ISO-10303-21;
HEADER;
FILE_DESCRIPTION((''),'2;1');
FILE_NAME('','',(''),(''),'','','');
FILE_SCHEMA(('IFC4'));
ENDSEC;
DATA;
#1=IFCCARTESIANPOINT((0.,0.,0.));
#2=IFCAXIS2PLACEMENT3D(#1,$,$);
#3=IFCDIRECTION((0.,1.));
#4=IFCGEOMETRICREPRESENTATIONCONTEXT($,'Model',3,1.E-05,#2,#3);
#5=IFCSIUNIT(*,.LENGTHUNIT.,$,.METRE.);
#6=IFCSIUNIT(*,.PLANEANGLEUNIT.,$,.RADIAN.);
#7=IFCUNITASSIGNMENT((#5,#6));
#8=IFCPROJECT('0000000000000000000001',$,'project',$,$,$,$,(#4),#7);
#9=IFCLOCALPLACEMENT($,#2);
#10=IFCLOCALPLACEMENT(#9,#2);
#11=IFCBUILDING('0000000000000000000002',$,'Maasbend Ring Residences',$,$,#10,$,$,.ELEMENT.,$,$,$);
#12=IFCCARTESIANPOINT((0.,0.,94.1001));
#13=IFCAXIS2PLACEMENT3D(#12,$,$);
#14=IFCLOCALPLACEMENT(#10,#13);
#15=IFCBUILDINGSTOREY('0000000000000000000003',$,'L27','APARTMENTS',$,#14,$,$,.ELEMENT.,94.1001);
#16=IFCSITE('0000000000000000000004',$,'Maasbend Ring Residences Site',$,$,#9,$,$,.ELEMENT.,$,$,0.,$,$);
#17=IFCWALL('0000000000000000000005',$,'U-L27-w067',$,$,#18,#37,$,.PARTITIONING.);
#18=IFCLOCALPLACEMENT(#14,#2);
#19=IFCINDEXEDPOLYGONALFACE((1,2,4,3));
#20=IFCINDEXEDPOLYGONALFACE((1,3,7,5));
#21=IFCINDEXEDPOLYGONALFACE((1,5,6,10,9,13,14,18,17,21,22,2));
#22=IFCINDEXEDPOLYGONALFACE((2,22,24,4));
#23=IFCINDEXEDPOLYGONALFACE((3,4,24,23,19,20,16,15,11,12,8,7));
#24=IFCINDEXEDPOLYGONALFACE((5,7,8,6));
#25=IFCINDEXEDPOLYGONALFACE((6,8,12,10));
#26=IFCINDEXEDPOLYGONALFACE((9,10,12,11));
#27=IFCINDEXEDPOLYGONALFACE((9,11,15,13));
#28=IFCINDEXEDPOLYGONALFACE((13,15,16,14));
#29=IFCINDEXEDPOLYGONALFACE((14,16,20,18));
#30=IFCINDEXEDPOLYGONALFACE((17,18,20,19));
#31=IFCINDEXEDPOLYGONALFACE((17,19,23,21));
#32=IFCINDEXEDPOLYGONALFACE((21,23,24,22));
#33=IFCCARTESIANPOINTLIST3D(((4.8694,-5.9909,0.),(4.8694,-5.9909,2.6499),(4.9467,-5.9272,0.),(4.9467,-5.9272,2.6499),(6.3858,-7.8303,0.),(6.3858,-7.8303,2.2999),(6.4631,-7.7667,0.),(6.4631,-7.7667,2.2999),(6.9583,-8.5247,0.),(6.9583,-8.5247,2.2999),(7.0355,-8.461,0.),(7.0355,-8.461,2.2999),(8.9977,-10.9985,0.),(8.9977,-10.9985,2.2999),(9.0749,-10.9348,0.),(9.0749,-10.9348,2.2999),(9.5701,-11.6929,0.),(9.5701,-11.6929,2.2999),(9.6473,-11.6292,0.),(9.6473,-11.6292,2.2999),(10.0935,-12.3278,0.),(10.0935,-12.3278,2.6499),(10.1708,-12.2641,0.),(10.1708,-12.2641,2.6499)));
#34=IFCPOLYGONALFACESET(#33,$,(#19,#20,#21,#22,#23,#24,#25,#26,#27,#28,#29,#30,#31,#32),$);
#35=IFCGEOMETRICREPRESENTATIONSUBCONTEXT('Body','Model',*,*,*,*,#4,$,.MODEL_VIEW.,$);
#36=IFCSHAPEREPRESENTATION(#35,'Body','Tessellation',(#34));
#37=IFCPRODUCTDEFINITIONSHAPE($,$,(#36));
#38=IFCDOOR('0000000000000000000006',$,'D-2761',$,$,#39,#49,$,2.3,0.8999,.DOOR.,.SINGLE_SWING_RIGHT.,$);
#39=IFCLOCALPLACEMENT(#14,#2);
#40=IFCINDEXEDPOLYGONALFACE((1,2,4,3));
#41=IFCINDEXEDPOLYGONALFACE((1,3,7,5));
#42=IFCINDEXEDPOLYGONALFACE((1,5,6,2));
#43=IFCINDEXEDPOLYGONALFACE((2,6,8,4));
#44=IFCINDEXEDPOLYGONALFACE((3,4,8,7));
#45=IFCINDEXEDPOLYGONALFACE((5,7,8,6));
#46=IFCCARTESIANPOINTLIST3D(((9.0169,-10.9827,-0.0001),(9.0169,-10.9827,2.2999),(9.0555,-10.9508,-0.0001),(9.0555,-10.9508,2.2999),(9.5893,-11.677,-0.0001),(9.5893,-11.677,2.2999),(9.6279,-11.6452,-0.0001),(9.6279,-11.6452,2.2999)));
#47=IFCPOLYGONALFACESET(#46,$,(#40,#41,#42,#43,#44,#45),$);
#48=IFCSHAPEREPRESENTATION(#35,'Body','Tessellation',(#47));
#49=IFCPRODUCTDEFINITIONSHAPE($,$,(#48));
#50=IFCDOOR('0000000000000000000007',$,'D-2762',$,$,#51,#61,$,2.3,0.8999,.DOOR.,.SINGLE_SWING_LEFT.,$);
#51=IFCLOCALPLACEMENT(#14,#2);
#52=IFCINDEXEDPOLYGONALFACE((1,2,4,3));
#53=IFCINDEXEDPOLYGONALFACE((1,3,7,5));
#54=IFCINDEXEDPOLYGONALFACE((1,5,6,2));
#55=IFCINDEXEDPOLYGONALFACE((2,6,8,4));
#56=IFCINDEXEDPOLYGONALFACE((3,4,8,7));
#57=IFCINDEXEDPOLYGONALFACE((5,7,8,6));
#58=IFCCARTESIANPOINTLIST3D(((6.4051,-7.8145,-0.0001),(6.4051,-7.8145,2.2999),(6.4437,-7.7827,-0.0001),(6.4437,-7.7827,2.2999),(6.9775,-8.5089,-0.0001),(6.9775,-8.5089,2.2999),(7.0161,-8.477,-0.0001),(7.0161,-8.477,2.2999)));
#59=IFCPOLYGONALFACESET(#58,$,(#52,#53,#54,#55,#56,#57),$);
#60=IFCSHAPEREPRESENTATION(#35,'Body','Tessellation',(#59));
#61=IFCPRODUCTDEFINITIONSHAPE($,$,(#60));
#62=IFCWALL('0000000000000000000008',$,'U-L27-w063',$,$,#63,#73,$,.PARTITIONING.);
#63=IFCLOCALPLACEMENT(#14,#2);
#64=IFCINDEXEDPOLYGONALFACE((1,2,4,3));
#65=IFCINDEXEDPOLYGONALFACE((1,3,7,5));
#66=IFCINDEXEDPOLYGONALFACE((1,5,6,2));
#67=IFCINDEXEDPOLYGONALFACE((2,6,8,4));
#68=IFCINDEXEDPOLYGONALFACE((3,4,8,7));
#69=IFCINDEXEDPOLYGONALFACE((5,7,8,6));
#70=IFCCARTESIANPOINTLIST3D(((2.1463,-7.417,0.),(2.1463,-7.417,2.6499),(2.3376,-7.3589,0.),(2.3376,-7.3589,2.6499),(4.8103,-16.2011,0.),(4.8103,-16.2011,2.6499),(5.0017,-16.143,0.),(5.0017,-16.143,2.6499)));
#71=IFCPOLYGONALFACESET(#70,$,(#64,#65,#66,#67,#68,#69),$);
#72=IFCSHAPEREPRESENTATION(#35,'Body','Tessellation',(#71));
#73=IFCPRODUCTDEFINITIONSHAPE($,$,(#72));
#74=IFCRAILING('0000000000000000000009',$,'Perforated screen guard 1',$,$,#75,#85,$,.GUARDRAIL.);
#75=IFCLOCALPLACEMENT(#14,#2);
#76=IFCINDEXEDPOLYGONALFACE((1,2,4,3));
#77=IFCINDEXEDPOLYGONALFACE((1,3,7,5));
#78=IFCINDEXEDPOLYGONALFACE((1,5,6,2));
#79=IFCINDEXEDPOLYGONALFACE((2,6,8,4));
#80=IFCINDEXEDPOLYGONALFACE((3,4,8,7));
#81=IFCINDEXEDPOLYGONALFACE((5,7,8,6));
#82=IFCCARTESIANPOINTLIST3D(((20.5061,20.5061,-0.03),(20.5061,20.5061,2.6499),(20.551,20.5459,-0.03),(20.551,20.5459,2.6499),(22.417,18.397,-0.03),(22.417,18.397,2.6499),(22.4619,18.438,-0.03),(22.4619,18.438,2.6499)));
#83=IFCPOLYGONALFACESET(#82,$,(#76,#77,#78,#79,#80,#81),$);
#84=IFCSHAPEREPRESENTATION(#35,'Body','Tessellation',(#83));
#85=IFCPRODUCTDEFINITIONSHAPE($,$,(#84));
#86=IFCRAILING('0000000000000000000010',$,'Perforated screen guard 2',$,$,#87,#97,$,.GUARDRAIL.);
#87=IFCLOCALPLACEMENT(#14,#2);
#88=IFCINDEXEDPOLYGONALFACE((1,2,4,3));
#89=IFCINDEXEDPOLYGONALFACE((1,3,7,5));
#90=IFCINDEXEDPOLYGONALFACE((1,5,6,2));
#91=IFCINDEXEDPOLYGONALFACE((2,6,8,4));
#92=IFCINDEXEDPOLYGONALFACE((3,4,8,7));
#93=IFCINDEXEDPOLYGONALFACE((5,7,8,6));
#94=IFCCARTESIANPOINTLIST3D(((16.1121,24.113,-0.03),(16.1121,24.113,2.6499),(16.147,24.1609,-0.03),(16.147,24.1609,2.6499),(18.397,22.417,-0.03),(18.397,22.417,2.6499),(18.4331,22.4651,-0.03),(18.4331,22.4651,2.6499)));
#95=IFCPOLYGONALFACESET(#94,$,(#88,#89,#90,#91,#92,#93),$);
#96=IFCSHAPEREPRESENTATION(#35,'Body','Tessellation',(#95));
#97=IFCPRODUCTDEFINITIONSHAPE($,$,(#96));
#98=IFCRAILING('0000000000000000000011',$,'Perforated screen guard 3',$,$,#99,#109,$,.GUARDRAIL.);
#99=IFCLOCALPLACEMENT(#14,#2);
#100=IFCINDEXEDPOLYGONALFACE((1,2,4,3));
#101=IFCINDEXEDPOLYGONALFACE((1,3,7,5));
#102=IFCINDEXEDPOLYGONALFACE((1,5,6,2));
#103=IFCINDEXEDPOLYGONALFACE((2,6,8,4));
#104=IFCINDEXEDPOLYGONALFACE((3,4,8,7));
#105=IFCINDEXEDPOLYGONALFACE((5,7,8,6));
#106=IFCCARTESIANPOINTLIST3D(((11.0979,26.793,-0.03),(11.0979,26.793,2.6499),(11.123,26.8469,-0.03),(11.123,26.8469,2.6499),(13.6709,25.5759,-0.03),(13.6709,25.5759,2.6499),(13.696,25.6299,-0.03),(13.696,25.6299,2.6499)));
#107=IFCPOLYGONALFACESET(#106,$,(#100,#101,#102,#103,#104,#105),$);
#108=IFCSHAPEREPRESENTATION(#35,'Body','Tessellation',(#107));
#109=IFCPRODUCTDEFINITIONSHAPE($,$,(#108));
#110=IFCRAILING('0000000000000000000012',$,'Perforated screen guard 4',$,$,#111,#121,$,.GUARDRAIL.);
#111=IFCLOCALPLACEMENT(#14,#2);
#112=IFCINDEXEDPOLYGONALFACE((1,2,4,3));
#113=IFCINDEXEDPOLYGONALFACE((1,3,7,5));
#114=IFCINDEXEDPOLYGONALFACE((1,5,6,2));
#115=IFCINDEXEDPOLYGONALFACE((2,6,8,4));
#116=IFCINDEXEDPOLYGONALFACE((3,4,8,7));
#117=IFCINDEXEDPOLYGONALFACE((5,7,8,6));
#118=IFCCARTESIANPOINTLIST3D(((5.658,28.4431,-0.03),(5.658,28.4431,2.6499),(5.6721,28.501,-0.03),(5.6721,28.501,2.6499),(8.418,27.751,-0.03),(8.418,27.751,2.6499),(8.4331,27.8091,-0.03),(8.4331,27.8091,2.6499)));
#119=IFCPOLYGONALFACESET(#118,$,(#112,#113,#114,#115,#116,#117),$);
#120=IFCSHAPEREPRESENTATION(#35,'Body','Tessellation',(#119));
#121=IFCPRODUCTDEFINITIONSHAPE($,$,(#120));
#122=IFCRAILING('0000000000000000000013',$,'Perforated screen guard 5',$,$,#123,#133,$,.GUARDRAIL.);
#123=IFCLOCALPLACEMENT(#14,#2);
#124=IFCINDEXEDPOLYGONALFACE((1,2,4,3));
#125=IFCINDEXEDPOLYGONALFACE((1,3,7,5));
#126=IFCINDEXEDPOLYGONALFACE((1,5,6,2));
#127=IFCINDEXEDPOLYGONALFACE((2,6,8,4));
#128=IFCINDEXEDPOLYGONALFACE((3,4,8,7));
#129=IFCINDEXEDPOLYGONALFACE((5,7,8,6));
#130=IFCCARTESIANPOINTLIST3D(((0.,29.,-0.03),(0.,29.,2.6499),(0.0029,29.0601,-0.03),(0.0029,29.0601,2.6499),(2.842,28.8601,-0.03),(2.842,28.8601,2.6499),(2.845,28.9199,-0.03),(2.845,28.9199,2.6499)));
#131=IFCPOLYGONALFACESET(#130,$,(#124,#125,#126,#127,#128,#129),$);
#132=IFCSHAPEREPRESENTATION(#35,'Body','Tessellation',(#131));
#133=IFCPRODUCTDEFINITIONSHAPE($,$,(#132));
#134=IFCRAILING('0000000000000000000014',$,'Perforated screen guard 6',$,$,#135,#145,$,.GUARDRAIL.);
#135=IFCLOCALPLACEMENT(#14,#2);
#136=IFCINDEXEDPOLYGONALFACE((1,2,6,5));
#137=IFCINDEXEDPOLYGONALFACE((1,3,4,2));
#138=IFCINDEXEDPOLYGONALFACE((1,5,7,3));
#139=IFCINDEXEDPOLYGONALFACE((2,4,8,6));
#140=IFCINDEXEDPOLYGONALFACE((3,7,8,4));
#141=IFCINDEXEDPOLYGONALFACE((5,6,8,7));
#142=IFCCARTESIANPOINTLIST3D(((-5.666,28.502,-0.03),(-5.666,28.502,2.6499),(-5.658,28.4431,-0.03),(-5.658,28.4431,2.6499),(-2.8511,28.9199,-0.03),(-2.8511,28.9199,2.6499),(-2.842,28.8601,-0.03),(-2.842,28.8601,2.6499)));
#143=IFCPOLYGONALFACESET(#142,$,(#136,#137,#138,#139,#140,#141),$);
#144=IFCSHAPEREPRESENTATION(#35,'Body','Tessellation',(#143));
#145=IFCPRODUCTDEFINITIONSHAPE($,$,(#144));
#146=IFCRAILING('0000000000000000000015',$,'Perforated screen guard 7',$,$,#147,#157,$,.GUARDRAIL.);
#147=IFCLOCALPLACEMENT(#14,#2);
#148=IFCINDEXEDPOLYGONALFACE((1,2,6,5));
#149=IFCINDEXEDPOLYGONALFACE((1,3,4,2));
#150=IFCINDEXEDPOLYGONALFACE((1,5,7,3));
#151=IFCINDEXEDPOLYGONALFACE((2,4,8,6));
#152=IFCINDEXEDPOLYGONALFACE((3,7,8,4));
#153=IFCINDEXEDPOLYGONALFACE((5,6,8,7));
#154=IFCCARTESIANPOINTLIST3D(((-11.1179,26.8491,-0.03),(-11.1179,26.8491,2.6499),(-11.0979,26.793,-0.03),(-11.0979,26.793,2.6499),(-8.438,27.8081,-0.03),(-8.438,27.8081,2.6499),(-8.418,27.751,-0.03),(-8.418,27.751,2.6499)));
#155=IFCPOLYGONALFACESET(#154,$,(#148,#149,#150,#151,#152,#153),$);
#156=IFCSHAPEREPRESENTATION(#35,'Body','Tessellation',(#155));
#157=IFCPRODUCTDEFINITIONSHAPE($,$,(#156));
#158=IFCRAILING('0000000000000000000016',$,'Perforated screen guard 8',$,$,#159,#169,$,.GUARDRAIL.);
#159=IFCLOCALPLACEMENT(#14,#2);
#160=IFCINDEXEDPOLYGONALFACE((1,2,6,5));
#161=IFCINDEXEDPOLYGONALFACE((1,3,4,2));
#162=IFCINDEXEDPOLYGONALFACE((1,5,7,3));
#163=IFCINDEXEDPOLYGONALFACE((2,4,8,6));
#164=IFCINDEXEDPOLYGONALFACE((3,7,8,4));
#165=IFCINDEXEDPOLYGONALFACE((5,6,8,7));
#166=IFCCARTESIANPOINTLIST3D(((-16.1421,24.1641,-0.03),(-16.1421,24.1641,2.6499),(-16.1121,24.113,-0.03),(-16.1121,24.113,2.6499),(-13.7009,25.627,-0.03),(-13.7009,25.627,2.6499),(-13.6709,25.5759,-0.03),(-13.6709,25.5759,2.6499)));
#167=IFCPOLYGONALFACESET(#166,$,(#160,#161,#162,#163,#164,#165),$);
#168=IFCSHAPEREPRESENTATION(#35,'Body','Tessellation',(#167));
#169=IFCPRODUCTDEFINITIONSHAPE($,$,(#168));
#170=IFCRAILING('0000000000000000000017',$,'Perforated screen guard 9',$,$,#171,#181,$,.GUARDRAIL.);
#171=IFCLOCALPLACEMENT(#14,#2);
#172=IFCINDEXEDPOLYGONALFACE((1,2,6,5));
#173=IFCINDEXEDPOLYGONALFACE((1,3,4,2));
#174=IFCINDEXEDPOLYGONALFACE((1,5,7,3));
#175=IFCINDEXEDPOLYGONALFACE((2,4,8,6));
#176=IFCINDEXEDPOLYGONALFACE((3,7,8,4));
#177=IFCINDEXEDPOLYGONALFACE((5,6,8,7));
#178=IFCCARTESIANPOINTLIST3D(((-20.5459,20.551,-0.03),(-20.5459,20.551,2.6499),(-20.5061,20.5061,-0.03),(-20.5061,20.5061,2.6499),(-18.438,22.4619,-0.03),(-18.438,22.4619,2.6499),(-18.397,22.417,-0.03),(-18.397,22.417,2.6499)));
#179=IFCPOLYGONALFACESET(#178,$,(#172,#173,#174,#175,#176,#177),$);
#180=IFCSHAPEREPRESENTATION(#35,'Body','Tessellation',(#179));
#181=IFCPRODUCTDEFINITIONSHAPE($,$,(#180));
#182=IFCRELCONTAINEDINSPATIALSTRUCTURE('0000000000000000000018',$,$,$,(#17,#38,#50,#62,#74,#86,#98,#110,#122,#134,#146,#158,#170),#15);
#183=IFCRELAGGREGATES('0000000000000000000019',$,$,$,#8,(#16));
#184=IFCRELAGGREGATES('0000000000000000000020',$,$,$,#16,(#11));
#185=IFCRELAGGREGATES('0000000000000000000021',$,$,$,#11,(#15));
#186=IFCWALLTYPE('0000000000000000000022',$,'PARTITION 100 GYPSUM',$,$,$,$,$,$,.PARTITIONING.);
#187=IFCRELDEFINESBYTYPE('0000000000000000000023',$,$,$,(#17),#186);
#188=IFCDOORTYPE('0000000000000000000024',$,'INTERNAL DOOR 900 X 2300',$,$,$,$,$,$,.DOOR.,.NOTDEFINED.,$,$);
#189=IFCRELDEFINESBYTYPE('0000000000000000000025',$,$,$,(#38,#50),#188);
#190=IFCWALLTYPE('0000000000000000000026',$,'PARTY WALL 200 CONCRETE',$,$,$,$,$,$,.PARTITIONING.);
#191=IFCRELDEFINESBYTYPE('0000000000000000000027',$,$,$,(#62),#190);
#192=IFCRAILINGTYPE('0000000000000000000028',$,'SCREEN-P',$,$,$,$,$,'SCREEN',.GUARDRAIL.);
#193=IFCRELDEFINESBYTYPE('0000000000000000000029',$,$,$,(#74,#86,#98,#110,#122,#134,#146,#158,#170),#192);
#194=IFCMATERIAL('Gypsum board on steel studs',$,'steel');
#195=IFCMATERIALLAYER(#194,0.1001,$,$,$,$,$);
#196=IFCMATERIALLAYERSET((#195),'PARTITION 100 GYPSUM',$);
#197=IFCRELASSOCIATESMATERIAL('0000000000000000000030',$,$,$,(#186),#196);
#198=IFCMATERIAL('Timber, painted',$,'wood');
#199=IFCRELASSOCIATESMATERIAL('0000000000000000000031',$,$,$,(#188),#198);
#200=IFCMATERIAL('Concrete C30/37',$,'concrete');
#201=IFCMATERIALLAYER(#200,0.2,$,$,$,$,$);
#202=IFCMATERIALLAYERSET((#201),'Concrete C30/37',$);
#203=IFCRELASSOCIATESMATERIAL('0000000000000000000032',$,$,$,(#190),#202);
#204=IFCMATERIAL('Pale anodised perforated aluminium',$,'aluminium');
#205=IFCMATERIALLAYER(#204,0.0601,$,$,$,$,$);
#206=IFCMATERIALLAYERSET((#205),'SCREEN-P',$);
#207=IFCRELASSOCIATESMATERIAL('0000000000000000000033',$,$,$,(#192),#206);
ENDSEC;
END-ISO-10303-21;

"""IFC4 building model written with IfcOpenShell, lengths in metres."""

from ifc_helpers import new_model, si_unit, direction, frame, frame_2d, origin, place, context, subcontext, project, spatial, polyline, rectangle, outline, extrude, material, layer, layer_set, type_object, element, fill, save


model = new_model("IFC4")

# Units and contexts
model_context = context("Model", 3, precision=1e-05, world=origin(), true_north=direction((0.0, 1.0)))
body_context = subcontext(model_context, "Body", "Model", "MODEL_VIEW")
ifc_project = project(units=[si_unit("LENGTHUNIT", "METRE"), si_unit("PLANEANGLEUNIT", "RADIAN")], contexts=[model_context])

# Site, building, storey
site_placement = place(None, origin())
site = spatial("IfcSite", under=ifc_project, at=site_placement, Name="Maasbend Ring Residences Site", CompositionType="ELEMENT", RefElevation=0.0)
building_placement = place(site_placement, origin())
building = spatial("IfcBuilding", under=site, at=building_placement, Name="Maasbend Ring Residences", CompositionType="ELEMENT")
storey_placement = place(building_placement, frame((0.0, 0.0, 94.1001)))
storey = spatial("IfcBuildingStorey", under=building, at=storey_placement, Name="L27", Description="APARTMENTS", CompositionType="ELEMENT", Elevation=94.1001)

# Wall, openings, doors
ifc_material_1 = material(Name="Gypsum board on steel studs", Category="steel")
ifc_layer_1 = layer(ifc_material_1, 0.1001)
ifc_layer_set_1 = layer_set([ifc_layer_1], Name="PARTITION 100 GYPSUM")
wall_type_1 = type_object("IfcWallType", Name="PARTITION 100 GYPSUM", PredefinedType="PARTITIONING", material=ifc_layer_set_1)
wall_1_placement = place(storey_placement, frame((4.908, -5.959, 0.0), z_axis=(0.0, 0.0, 1.0), x_axis=(0.636105, -0.771602, 0.0)))
wall_1 = element("IfcWall", 1, at=wall_1_placement, inside=storey, type_object=wall_type_1, Name="U-L27-w067", PredefinedType="PARTITIONING", context=body_context, shape_type="SweptSolid", body=[
    extrude(rectangle(XDim=8.2126, YDim=0.1001, at=frame_2d((4.1064, 0.0))), origin(), (0.0, 0.0, 1.0), 2.6499),
])
opening_1_placement = place(wall_1_placement, frame((6.49, 0.0, 0.0)))
opening_1 = element("IfcOpeningElement", 2, at=opening_1_placement, cuts=wall_1, PredefinedType="OPENING", context=body_context, shape_type="SweptSolid", body=[
    extrude(rectangle(XDim=0.8999, YDim=2.3, at=frame_2d((0.45, 1.1499))), frame((0.0, 0.0601, 0.0), z_axis=(0.0, -1.0, 0.0), x_axis=(1.0, 0.0, 0.0)), (0.0, 0.0, 1.0), 0.1201),
])
opening_2_placement = place(wall_1_placement, frame((2.384, 0.0, 0.0)))
opening_2 = element("IfcOpeningElement", 3, at=opening_2_placement, cuts=wall_1, PredefinedType="OPENING", context=body_context, shape_type="SweptSolid", body=[
    extrude(rectangle(XDim=0.8999, YDim=2.3, at=frame_2d((0.45, 1.1499))), frame((0.0, 0.0601, 0.0), z_axis=(0.0, -1.0, 0.0), x_axis=(1.0, 0.0, 0.0)), (0.0, 0.0, 1.0), 0.1201),
])
ifc_material_2 = material(Name="Timber, painted", Category="wood")
door_type = type_object("IfcDoorType", Name="INTERNAL DOOR 900 X 2300", OperationType="NOTDEFINED", PredefinedType="DOOR", material=ifc_material_2)
door_1_placement = place(opening_1_placement, origin())
door_1 = element("IfcDoor", 4, at=door_1_placement, inside=storey, type_object=door_type, Name="D-2761", OperationType="SINGLE_SWING_RIGHT", OverallHeight=2.3, OverallWidth=0.8999, PredefinedType="DOOR", context=body_context, shape_type="SweptSolid", body=[
    extrude(rectangle(XDim=0.8999, YDim=2.3, at=frame_2d((0.45, 1.1499))), frame((0.0, 0.0249, 0.0), z_axis=(0.0, -1.0, 0.0), x_axis=(1.0, 0.0, 0.0)), (0.0, 0.0, 1.0), 0.05),
])
fill(opening_1, door_1)
door_2_placement = place(opening_2_placement, origin())
door_2 = element("IfcDoor", 5, at=door_2_placement, inside=storey, type_object=door_type, Name="D-2762", OperationType="SINGLE_SWING_LEFT", OverallHeight=2.3, OverallWidth=0.8999, PredefinedType="DOOR", context=body_context, shape_type="SweptSolid", body=[
    extrude(rectangle(XDim=0.8999, YDim=2.3, at=frame_2d((0.45, 1.1499))), frame((0.0, 0.0249, 0.0), z_axis=(0.0, -1.0, 0.0), x_axis=(1.0, 0.0, 0.0)), (0.0, 0.0, 1.0), 0.05),
])
fill(opening_2, door_2)

# Wall
ifc_material_3 = material(Name="Concrete C30/37", Category="concrete")
ifc_layer_2 = layer(ifc_material_3, 0.2)
ifc_layer_set_2 = layer_set([ifc_layer_2], Name="Concrete C30/37")
wall_type_2 = type_object("IfcWallType", Name="PARTY WALL 200 CONCRETE", PredefinedType="PARTITIONING", material=ifc_layer_set_2)
wall_2_placement = place(storey_placement, frame((2.2419, -7.3879, 0.0), z_axis=(0.0, 0.0, 1.0), x_axis=(0.290226, -0.956958, 0.0)))
element("IfcWall", 6, at=wall_2_placement, inside=storey, type_object=wall_type_2, Name="U-L27-w063", PredefinedType="PARTITIONING", context=body_context, shape_type="SweptSolid", body=[
    extrude(rectangle(XDim=9.1792, YDim=0.2, at=frame_2d((4.5896, 0.0))), origin(), (0.0, 0.0, 1.0), 2.6499),
])

# Railings
ifc_material_4 = material(Name="Pale anodised perforated aluminium", Category="aluminium")
ifc_layer_3 = layer(ifc_material_4, 0.0601)
ifc_layer_set_3 = layer_set([ifc_layer_3], Name="SCREEN-P")
railing_type = type_object("IfcRailingType", Name="SCREEN-P", ElementType="SCREEN", PredefinedType="GUARDRAIL", material=ifc_layer_set_3)
railing_1_placement = place(storey_placement, frame((0.0, 0.0, -0.03)))
element("IfcRailing", 7, at=railing_1_placement, inside=storey, type_object=railing_type, Name="Perforated screen guard 1", PredefinedType="GUARDRAIL", context=body_context, shape_type="SweptSolid", body=[
    extrude(outline(polyline([(22.417, 18.397), (20.5061, 20.5061), (20.551, 20.5459), (22.4619, 18.438), (22.417, 18.397)])), origin(), (0.0, 0.0, 1.0), 2.6799),
])
railing_2_placement = place(storey_placement, frame((0.0, 0.0, -0.03)))
element("IfcRailing", 8, at=railing_2_placement, inside=storey, type_object=railing_type, Name="Perforated screen guard 2", PredefinedType="GUARDRAIL", context=body_context, shape_type="SweptSolid", body=[
    extrude(outline(polyline([(18.397, 22.417), (16.1121, 24.113), (16.147, 24.1609), (18.4331, 22.4651), (18.397, 22.417)])), origin(), (0.0, 0.0, 1.0), 2.6799),
])
railing_3_placement = place(storey_placement, frame((0.0, 0.0, -0.03)))
element("IfcRailing", 9, at=railing_3_placement, inside=storey, type_object=railing_type, Name="Perforated screen guard 3", PredefinedType="GUARDRAIL", context=body_context, shape_type="SweptSolid", body=[
    extrude(outline(polyline([(13.6709, 25.5759), (11.0979, 26.793), (11.123, 26.8469), (13.696, 25.6299), (13.6709, 25.5759)])), origin(), (0.0, 0.0, 1.0), 2.6799),
])
railing_4_placement = place(storey_placement, frame((0.0, 0.0, -0.03)))
element("IfcRailing", 10, at=railing_4_placement, inside=storey, type_object=railing_type, Name="Perforated screen guard 4", PredefinedType="GUARDRAIL", context=body_context, shape_type="SweptSolid", body=[
    extrude(outline(polyline([(8.418, 27.751), (5.658, 28.4431), (5.6721, 28.501), (8.4331, 27.8091), (8.418, 27.751)])), origin(), (0.0, 0.0, 1.0), 2.6799),
])
railing_5_placement = place(storey_placement, frame((0.0, 0.0, -0.03)))
element("IfcRailing", 11, at=railing_5_placement, inside=storey, type_object=railing_type, Name="Perforated screen guard 5", PredefinedType="GUARDRAIL", context=body_context, shape_type="SweptSolid", body=[
    extrude(outline(polyline([(2.842, 28.8601), (0.0, 29.0), (0.0029, 29.0601), (2.845, 28.9199), (2.842, 28.8601)])), origin(), (0.0, 0.0, 1.0), 2.6799),
])
railing_6_placement = place(storey_placement, frame((0.0, 0.0, -0.03)))
element("IfcRailing", 12, at=railing_6_placement, inside=storey, type_object=railing_type, Name="Perforated screen guard 6", PredefinedType="GUARDRAIL", context=body_context, shape_type="SweptSolid", body=[
    extrude(outline(polyline([(-2.842, 28.8601), (-5.658, 28.4431), (-5.666, 28.502), (-2.8511, 28.9199), (-2.842, 28.8601)])), origin(), (0.0, 0.0, 1.0), 2.6799),
])
railing_7_placement = place(storey_placement, frame((0.0, 0.0, -0.03)))
element("IfcRailing", 13, at=railing_7_placement, inside=storey, type_object=railing_type, Name="Perforated screen guard 7", PredefinedType="GUARDRAIL", context=body_context, shape_type="SweptSolid", body=[
    extrude(outline(polyline([(-8.418, 27.751), (-11.0979, 26.793), (-11.1179, 26.8491), (-8.438, 27.8081), (-8.418, 27.751)])), origin(), (0.0, 0.0, 1.0), 2.6799),
])
railing_8_placement = place(storey_placement, frame((0.0, 0.0, -0.03)))
element("IfcRailing", 14, at=railing_8_placement, inside=storey, type_object=railing_type, Name="Perforated screen guard 8", PredefinedType="GUARDRAIL", context=body_context, shape_type="SweptSolid", body=[
    extrude(outline(polyline([(-13.6709, 25.5759), (-16.1121, 24.113), (-16.1421, 24.1641), (-13.7009, 25.627), (-13.6709, 25.5759)])), origin(), (0.0, 0.0, 1.0), 2.6799),
])
railing_9_placement = place(storey_placement, frame((0.0, 0.0, -0.03)))
element("IfcRailing", 15, at=railing_9_placement, inside=storey, type_object=railing_type, Name="Perforated screen guard 9", PredefinedType="GUARDRAIL", context=body_context, shape_type="SweptSolid", body=[
    extrude(outline(polyline([(-18.397, 22.417), (-20.5061, 20.5061), (-20.5459, 20.551), (-18.438, 22.4619), (-18.397, 22.417)])), origin(), (0.0, 0.0, 1.0), 2.6799),
])

save(model, "model.ifc")
